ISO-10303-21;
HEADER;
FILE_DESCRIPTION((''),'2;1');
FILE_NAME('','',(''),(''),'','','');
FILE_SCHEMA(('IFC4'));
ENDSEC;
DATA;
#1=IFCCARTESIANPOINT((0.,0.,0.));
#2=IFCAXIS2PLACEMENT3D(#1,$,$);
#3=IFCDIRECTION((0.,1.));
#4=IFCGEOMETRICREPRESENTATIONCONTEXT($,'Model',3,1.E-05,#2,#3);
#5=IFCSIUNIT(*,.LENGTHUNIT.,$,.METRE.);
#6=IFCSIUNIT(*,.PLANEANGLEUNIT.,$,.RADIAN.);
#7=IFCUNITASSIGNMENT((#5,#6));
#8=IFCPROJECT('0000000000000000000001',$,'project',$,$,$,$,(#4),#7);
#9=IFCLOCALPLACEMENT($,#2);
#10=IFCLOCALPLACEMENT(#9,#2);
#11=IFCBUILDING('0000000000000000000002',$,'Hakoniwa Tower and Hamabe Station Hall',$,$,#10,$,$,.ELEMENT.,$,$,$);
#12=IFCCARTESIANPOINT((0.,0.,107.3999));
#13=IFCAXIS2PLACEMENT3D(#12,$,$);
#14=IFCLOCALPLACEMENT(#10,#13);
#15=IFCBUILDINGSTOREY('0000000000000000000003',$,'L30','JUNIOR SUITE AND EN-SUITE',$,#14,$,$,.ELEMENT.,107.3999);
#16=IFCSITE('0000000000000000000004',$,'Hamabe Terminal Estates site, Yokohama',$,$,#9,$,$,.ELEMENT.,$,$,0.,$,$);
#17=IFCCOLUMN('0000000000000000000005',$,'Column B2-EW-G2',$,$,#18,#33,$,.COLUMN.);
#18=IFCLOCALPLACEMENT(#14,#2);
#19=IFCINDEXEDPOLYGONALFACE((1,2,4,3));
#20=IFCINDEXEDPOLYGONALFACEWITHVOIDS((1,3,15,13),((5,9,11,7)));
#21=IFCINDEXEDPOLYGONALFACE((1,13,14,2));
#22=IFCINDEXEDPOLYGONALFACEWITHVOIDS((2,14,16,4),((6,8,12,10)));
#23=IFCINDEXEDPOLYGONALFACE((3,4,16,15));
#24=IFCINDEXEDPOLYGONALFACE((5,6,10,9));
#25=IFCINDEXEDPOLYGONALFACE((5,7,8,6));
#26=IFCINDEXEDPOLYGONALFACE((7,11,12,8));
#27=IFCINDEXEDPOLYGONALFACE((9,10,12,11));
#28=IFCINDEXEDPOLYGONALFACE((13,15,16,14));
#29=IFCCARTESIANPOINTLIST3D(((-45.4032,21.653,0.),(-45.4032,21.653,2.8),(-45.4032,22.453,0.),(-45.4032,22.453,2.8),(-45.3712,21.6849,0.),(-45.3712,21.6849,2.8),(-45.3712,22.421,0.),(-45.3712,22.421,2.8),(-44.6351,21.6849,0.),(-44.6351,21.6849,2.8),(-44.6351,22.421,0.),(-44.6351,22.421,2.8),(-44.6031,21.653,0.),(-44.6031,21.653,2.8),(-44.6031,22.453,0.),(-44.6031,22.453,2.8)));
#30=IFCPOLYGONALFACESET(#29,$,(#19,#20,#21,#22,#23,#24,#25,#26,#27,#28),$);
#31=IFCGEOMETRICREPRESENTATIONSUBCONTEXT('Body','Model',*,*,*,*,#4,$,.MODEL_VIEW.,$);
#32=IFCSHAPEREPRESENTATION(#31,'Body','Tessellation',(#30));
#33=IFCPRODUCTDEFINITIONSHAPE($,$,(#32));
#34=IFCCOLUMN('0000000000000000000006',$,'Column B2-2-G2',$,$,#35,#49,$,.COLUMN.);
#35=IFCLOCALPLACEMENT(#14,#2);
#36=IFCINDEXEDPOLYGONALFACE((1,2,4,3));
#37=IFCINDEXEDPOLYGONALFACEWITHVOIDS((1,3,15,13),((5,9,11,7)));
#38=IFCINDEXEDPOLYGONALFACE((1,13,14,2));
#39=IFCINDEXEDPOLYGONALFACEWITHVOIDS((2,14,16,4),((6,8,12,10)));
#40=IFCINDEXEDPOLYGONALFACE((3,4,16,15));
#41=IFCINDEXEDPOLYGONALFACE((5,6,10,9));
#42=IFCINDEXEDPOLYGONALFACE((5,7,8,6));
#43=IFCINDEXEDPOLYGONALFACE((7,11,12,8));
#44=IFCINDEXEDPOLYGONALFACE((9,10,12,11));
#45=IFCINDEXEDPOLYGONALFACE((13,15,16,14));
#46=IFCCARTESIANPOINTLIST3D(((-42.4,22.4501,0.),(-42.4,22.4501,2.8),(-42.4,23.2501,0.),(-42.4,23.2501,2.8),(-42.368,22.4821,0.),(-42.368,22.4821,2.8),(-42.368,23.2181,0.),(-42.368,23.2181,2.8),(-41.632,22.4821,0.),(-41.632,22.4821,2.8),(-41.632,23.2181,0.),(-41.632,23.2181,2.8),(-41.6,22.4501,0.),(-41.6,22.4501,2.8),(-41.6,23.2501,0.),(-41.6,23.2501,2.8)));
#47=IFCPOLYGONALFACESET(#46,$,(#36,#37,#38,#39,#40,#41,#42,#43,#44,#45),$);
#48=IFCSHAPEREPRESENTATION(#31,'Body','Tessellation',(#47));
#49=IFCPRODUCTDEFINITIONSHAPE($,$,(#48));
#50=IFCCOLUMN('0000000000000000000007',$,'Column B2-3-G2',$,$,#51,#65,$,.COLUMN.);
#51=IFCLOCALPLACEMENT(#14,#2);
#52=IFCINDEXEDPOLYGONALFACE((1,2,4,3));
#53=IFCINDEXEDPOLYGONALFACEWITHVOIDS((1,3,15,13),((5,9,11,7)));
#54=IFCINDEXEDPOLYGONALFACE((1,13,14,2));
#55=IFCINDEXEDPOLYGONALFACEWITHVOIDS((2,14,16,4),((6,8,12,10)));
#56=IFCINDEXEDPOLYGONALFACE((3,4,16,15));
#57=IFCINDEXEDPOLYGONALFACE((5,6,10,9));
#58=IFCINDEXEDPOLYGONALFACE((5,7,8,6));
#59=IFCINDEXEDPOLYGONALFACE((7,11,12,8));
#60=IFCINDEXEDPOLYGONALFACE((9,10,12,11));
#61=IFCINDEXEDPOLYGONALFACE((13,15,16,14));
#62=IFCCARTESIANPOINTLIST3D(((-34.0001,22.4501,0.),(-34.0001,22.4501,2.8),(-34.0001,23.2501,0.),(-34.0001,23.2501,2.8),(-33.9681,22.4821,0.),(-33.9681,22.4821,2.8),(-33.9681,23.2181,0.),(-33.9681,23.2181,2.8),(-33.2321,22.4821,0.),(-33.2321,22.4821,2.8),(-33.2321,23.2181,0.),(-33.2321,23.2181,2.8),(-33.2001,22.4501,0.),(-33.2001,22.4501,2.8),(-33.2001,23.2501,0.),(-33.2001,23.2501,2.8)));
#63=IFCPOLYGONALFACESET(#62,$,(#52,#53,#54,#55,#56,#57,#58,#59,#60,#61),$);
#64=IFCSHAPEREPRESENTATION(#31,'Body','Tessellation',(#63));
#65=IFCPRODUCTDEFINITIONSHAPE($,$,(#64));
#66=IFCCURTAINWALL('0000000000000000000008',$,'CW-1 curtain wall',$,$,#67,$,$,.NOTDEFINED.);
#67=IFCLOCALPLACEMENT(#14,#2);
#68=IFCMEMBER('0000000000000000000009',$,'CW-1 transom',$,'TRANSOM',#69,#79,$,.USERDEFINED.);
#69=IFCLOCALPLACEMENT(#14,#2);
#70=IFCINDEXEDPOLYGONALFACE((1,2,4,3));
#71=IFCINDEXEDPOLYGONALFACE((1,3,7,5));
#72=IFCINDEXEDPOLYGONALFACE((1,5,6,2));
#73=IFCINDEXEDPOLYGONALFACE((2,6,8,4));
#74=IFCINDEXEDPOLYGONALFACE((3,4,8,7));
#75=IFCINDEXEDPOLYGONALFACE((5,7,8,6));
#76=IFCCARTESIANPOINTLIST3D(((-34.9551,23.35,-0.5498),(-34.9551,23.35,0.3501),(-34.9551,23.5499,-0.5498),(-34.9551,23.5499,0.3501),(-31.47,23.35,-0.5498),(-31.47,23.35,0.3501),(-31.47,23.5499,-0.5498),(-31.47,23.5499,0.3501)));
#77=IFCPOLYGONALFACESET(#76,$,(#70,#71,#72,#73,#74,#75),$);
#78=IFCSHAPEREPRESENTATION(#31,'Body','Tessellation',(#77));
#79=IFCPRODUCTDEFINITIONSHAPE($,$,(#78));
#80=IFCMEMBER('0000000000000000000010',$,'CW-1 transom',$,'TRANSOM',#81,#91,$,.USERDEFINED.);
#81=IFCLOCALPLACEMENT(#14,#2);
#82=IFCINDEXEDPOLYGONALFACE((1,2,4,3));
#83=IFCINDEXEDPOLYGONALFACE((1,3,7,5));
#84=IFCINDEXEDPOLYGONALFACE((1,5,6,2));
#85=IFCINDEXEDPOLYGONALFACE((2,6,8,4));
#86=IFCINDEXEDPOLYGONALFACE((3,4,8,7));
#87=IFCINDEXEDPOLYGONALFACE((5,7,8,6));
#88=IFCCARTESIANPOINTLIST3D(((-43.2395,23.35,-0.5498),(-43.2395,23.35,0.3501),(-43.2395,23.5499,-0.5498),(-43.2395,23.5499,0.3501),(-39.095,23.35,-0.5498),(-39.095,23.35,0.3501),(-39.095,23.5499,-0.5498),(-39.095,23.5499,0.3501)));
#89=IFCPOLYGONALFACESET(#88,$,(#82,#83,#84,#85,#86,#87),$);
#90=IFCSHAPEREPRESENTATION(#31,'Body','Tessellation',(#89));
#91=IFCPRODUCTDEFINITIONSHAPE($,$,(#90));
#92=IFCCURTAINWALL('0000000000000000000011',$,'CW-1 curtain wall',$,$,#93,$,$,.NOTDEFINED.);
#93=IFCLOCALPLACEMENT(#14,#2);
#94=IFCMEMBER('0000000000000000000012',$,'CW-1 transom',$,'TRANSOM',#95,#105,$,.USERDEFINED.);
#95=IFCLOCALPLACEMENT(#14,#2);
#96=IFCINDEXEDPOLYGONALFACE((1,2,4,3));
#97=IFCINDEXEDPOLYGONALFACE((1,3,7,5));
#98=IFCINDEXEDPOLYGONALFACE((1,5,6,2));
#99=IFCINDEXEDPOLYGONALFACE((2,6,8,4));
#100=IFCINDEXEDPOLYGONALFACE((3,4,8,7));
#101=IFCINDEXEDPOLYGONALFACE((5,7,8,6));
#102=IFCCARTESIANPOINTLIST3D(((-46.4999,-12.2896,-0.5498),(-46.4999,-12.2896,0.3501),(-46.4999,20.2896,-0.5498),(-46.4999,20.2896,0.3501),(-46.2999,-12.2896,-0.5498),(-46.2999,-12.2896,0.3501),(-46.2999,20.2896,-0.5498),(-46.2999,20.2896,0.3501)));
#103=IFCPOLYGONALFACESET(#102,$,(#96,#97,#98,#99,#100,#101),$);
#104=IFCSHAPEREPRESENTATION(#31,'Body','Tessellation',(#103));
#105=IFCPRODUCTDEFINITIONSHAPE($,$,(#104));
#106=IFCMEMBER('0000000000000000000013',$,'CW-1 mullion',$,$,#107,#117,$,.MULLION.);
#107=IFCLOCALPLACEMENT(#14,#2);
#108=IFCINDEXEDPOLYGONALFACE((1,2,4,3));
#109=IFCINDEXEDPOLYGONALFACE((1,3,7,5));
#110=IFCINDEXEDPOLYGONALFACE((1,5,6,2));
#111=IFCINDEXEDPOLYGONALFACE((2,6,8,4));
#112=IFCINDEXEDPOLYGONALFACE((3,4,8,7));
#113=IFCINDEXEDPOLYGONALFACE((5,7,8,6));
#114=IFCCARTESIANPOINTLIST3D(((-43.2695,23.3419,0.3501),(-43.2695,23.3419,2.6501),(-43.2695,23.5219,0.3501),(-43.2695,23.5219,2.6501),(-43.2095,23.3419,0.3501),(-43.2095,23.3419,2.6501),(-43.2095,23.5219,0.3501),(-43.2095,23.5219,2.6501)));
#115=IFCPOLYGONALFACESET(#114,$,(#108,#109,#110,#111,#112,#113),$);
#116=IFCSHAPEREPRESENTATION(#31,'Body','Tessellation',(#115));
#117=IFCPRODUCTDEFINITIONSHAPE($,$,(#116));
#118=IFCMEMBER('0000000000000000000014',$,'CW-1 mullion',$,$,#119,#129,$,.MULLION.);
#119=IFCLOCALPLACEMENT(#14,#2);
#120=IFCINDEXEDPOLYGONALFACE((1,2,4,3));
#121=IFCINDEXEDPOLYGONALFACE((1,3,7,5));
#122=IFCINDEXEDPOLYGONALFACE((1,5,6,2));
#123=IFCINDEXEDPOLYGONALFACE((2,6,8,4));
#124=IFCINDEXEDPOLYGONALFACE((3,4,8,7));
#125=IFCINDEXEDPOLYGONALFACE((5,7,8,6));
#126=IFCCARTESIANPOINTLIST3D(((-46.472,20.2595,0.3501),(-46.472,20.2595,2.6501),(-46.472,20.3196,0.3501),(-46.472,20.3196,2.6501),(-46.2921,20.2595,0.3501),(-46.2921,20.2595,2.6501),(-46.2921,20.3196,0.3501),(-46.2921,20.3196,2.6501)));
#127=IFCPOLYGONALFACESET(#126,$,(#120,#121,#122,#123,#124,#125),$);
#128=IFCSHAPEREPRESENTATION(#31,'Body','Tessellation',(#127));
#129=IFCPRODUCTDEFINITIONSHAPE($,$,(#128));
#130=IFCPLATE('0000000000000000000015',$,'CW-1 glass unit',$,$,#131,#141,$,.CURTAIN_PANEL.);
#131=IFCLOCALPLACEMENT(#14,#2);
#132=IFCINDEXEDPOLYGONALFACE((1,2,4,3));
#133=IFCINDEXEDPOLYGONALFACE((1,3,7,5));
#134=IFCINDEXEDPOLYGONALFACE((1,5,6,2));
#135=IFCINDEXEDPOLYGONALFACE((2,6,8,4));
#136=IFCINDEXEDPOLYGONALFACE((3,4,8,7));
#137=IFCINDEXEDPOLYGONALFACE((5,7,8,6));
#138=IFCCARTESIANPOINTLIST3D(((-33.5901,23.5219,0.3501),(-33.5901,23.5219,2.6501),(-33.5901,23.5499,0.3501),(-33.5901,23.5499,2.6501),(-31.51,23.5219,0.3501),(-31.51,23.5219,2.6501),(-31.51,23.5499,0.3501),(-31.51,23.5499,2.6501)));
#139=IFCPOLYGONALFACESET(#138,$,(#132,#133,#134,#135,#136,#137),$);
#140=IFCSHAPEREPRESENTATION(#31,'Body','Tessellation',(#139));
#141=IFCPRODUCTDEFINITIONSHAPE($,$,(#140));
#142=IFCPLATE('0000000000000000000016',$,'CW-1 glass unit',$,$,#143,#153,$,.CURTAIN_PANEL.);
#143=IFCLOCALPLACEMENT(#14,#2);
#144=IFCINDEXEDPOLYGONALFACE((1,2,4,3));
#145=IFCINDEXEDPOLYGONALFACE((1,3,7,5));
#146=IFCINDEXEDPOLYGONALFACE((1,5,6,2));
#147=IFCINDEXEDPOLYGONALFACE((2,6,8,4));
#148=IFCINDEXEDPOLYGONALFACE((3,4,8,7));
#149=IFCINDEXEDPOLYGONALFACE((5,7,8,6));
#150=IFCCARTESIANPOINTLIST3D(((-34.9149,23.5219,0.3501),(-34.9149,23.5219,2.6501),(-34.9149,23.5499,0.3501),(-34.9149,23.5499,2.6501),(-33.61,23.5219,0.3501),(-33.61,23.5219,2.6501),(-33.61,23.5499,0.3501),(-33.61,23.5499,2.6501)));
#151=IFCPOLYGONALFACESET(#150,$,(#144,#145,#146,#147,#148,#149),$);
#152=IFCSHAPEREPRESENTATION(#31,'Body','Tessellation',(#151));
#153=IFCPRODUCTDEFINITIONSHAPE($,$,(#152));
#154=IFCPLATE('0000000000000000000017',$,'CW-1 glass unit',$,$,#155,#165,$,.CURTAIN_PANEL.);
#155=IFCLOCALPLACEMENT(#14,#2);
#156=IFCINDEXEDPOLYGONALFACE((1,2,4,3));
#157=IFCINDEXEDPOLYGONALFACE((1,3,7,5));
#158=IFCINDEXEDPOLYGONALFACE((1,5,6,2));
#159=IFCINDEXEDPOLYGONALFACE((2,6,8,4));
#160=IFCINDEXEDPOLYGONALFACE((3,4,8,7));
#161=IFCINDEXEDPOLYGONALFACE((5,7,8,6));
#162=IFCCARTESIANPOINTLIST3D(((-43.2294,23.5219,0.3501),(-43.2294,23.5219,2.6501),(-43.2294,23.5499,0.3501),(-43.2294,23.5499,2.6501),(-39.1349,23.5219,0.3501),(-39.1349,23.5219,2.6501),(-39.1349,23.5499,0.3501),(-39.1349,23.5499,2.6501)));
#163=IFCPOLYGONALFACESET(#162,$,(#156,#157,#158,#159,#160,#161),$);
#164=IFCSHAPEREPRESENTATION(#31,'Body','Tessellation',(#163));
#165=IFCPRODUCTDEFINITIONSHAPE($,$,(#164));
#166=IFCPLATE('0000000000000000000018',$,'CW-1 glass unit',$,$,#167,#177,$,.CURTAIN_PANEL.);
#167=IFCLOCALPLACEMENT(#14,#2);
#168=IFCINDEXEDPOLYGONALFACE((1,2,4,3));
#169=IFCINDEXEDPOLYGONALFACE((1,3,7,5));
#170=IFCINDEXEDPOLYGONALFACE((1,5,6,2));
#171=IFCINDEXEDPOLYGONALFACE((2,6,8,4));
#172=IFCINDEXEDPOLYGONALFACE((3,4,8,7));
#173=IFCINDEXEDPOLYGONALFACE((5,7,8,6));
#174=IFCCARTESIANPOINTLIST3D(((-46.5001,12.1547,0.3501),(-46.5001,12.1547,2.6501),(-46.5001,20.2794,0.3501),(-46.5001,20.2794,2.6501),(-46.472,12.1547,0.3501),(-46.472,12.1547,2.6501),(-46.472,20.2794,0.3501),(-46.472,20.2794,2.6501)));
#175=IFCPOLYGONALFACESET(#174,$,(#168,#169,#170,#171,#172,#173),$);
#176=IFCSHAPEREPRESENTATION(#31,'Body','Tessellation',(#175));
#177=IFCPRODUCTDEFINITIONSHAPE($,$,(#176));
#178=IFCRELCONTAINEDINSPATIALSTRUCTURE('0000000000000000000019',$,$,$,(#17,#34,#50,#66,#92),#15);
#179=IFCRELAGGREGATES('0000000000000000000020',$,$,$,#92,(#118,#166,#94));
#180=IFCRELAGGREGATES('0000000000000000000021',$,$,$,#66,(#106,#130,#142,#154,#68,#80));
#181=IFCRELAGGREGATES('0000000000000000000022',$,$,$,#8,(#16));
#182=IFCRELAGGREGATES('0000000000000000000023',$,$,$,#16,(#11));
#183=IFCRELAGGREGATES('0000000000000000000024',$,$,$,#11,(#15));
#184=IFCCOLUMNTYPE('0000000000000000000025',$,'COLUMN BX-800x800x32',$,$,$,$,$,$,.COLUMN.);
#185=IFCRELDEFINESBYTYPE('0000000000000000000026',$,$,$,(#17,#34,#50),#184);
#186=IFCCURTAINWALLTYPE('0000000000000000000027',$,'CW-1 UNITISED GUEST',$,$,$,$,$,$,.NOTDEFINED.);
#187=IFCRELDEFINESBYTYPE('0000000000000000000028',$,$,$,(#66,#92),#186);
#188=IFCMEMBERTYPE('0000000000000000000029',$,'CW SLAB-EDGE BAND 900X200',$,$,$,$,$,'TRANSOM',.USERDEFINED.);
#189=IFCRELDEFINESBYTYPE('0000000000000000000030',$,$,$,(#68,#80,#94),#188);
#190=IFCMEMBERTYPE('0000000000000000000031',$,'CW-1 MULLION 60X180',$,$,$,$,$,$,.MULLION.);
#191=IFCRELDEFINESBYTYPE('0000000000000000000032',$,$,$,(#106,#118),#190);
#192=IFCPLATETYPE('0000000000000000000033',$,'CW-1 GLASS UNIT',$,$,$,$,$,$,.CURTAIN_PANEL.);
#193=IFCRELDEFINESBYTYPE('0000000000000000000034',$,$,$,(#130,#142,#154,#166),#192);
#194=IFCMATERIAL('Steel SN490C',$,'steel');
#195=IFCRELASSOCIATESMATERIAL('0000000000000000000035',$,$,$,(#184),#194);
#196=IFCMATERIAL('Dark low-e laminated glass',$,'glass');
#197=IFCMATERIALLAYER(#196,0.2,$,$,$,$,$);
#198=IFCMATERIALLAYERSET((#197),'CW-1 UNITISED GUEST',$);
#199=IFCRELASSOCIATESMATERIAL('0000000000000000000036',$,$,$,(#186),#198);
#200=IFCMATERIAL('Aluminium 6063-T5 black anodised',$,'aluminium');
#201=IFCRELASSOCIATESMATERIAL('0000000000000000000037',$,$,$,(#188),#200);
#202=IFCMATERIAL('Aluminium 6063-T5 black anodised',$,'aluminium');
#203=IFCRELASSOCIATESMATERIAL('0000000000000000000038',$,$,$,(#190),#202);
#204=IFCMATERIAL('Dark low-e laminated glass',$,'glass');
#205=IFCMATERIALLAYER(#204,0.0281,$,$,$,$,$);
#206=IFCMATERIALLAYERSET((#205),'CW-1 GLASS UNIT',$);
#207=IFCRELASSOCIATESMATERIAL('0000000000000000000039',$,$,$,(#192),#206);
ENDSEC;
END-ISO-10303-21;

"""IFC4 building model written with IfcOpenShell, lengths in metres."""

from ifc_helpers import new_model, si_unit, direction, frame, origin, origin_2d, place, context, subcontext, project, spatial, rectangle, hollow_rectangle, extrude, material, layer, layer_set, material_profile, profile_set, type_object, element, aggregate, save


model = new_model("IFC4")

# Units and contexts
model_context = context("Model", 3, precision=1e-05, world=origin(), true_north=direction((0.0, 1.0)))
body_context = subcontext(model_context, "Body", "Model", "MODEL_VIEW")
ifc_project = project(units=[si_unit("LENGTHUNIT", "METRE"), si_unit("PLANEANGLEUNIT", "RADIAN")], contexts=[model_context])

# Site, building, storey
site_placement = place(None, origin())
site = spatial("IfcSite", under=ifc_project, at=site_placement, Name="Hamabe Terminal Estates site, Yokohama", CompositionType="ELEMENT", RefElevation=0.0)
building_placement = place(site_placement, origin())
building = spatial("IfcBuilding", under=site, at=building_placement, Name="Hakoniwa Tower and Hamabe Station Hall", CompositionType="ELEMENT")
storey_placement = place(building_placement, frame((0.0, 0.0, 107.3999)))
storey = spatial("IfcBuildingStorey", under=building, at=storey_placement, Name="L30", Description="JUNIOR SUITE AND EN-SUITE", CompositionType="ELEMENT", Elevation=107.3999)

# Columns
ifc_material_1 = material(Name="Steel SN490C", Category="steel")
ifc_material_profile_1 = material_profile(ifc_material_1, hollow_rectangle(XDim=0.8, YDim=0.8, WallThickness=0.032, at=origin_2d()), Name="BX-800x800x32")
ifc_profile_set_1 = profile_set([ifc_material_profile_1], Name="Steel SN490C")
column_type = type_object("IfcColumnType", Name="COLUMN BX-800x800x32", PredefinedType="COLUMN", material=ifc_profile_set_1)
for number, where, z_axis, x_axis, name in (
    (1, (-45.0032, 22.053, 0.0), (0.0, 0.0, 1.0), (1.0, 0.0, 0.0), "Column B2-EW-G2"),
    (2, (-42.0, 22.8501, 0.0), (0.0, 0.0, 1.0), (1.0, 0.0, 0.0), "Column B2-2-G2"),
    (3, (-33.6001, 22.8501, 0.0), (0.0, 0.0, 1.0), (1.0, 0.0, 0.0), "Column B2-3-G2"),
):
    element("IfcColumn", number, at=place(storey_placement, frame(where, z_axis=z_axis, x_axis=x_axis)), inside=storey, type_object=column_type, Name=name, PredefinedType="COLUMN", context=body_context, shape_type="SweptSolid", body=[
        extrude(hollow_rectangle(XDim=0.8, YDim=0.8, WallThickness=0.032, at=origin_2d()), origin(), (0.0, 0.0, 1.0), 2.8),
    ])

# Curtain wall, members
ifc_material_2 = material(Name="Dark low-e laminated glass", Category="glass")
ifc_layer_1 = layer(ifc_material_2, 0.2)
ifc_layer_set_1 = layer_set([ifc_layer_1], Name="CW-1 UNITISED GUEST")
curtain_wall_type = type_object("IfcCurtainWallType", Name="CW-1 UNITISED GUEST", PredefinedType="NOTDEFINED", material=ifc_layer_set_1)
curtain_wall_1_placement = place(storey_placement, origin())
curtain_wall_1 = element("IfcCurtainWall", 4, at=curtain_wall_1_placement, inside=storey, type_object=curtain_wall_type, Name="CW-1 curtain wall", PredefinedType="NOTDEFINED")
ifc_material_3 = material(Name="Aluminium 6063-T5 black anodised", Category="aluminium")
ifc_material_profile_2 = material_profile(ifc_material_3, rectangle(XDim=0.2, YDim=0.8999, at=origin_2d()), Name="CW SLAB-EDGE BAND 900X200")
ifc_profile_set_2 = profile_set([ifc_material_profile_2], Name="Aluminium 6063-T5 black anodised")
member_type_1 = type_object("IfcMemberType", Name="CW SLAB-EDGE BAND 900X200", ElementType="TRANSOM", PredefinedType="USERDEFINED", material=ifc_profile_set_2)
member_1_placement = place(storey_placement, frame((-31.47, 23.45, -0.0999), z_axis=(-1.0, 0.0, 0.0), x_axis=(0.0, -1.0, 0.0)))
member_1 = element("IfcMember", 5, at=member_1_placement, type_object=member_type_1, Name="CW-1 transom", ObjectType="TRANSOM", PredefinedType="USERDEFINED", context=body_context, shape_type="SweptSolid", body=[
    extrude(rectangle(XDim=0.2, YDim=0.8999, at=origin_2d()), origin(), (0.0, 0.0, 1.0), 3.4851),
])
member_2_placement = place(storey_placement, frame((-39.095, 23.45, -0.0999), z_axis=(-1.0, 0.0, 0.0), x_axis=(0.0, -1.0, 0.0)))
member_2 = element("IfcMember", 6, at=member_2_placement, type_object=member_type_1, Name="CW-1 transom", ObjectType="TRANSOM", PredefinedType="USERDEFINED", context=body_context, shape_type="SweptSolid", body=[
    extrude(rectangle(XDim=0.2, YDim=0.8999, at=origin_2d()), origin(), (0.0, 0.0, 1.0), 4.1445),
])

# Curtain wall, member
curtain_wall_2_placement = place(storey_placement, origin())
curtain_wall_2 = element("IfcCurtainWall", 7, at=curtain_wall_2_placement, inside=storey, type_object=curtain_wall_type, Name="CW-1 curtain wall", PredefinedType="NOTDEFINED")
member_3_placement = place(storey_placement, frame((-46.3999, 20.2896, -0.0999), z_axis=(0.0, -1.0, 0.0), x_axis=(1.0, 0.0, 0.0)))
member_3 = element("IfcMember", 8, at=member_3_placement, type_object=member_type_1, Name="CW-1 transom", ObjectType="TRANSOM", PredefinedType="USERDEFINED", context=body_context, shape_type="SweptSolid", body=[
    extrude(rectangle(XDim=0.2, YDim=0.8999, at=origin_2d()), origin(), (0.0, 0.0, 1.0), 32.5791),
])

# Members
ifc_material_4 = material(Name="Aluminium 6063-T5 black anodised", Category="aluminium")
ifc_material_profile_3 = material_profile(ifc_material_4, rectangle(XDim=0.0601, YDim=0.1799, at=origin_2d()), Name="CW-1 MULLION 60X180")
ifc_profile_set_3 = profile_set([ifc_material_profile_3], Name="Aluminium 6063-T5 black anodised")
member_type_2 = type_object("IfcMemberType", Name="CW-1 MULLION 60X180", PredefinedType="MULLION", material=ifc_profile_set_3)
member_4_placement = place(storey_placement, frame((-43.2395, 23.4319, 0.3501), z_axis=(0.0, 0.0, 1.0), x_axis=(-1.0, 0.0, 0.0)))
member_4 = element("IfcMember", 9, at=member_4_placement, type_object=member_type_2, Name="CW-1 mullion", PredefinedType="MULLION", context=body_context, shape_type="SweptSolid", body=[
    extrude(rectangle(XDim=0.0601, YDim=0.1799, at=origin_2d()), origin(), (0.0, 0.0, 1.0), 2.3),
])
member_5_placement = place(storey_placement, frame((-46.3821, 20.2896, 0.3501), z_axis=(0.0, 0.0, 1.0), x_axis=(0.0, -1.0, 0.0)))
member_5 = element("IfcMember", 10, at=member_5_placement, type_object=member_type_2, Name="CW-1 mullion", PredefinedType="MULLION", context=body_context, shape_type="SweptSolid", body=[
    extrude(rectangle(XDim=0.0601, YDim=0.1799, at=origin_2d()), origin(), (0.0, 0.0, 1.0), 2.3),
])

# Plates
ifc_material_5 = material(Name="Dark low-e laminated glass", Category="glass")
ifc_layer_2 = layer(ifc_material_5, 0.0281)
ifc_layer_set_2 = layer_set([ifc_layer_2], Name="CW-1 GLASS UNIT")
plate_type = type_object("IfcPlateType", Name="CW-1 GLASS UNIT", PredefinedType="CURTAIN_PANEL", material=ifc_layer_set_2)
plate_1_placement = place(storey_placement, frame((-32.55, 23.5359, 0.3501), z_axis=(0.0, 0.0, 1.0), x_axis=(-1.0, 0.0, 0.0)))
plate_1 = element("IfcPlate", 11, at=plate_1_placement, type_object=plate_type, Name="CW-1 glass unit", PredefinedType="CURTAIN_PANEL", context=body_context, shape_type="SweptSolid", body=[
    extrude(rectangle(XDim=2.0801, YDim=0.0281, at=origin_2d()), origin(), (0.0, 0.0, 1.0), 2.3),
])
plate_2_placement = place(storey_placement, frame((-34.2625, 23.5359, 0.3501), z_axis=(0.0, 0.0, 1.0), x_axis=(-1.0, 0.0, 0.0)))
plate_2 = element("IfcPlate", 12, at=plate_2_placement, type_object=plate_type, Name="CW-1 glass unit", PredefinedType="CURTAIN_PANEL", context=body_context, shape_type="SweptSolid", body=[
    extrude(rectangle(XDim=1.3049, YDim=0.0281, at=origin_2d()), origin(), (0.0, 0.0, 1.0), 2.3),
])
plate_3_placement = place(storey_placement, frame((-41.1821, 23.5359, 0.3501), z_axis=(0.0, 0.0, 1.0), x_axis=(-1.0, 0.0, 0.0)))
plate_3 = element("IfcPlate", 13, at=plate_3_placement, type_object=plate_type, Name="CW-1 glass unit", PredefinedType="CURTAIN_PANEL", context=body_context, shape_type="SweptSolid", body=[
    extrude(rectangle(XDim=4.0945, YDim=0.0281, at=origin_2d()), origin(), (0.0, 0.0, 1.0), 2.3),
])
plate_4_placement = place(storey_placement, frame((-46.4861, 16.217, 0.3501), z_axis=(0.0, 0.0, 1.0), x_axis=(0.0, -1.0, 0.0)))
plate_4 = element("IfcPlate", 14, at=plate_4_placement, type_object=plate_type, Name="CW-1 glass unit", PredefinedType="CURTAIN_PANEL", context=body_context, shape_type="SweptSolid", body=[
    extrude(rectangle(XDim=8.1248, YDim=0.0281, at=origin_2d()), origin(), (0.0, 0.0, 1.0), 2.3),
])
aggregate(curtain_wall_2, [member_5, plate_4, member_3])

aggregate(curtain_wall_1, [member_4, plate_1, plate_2, plate_3, member_1, member_2])

save(model, "model.ifc")
